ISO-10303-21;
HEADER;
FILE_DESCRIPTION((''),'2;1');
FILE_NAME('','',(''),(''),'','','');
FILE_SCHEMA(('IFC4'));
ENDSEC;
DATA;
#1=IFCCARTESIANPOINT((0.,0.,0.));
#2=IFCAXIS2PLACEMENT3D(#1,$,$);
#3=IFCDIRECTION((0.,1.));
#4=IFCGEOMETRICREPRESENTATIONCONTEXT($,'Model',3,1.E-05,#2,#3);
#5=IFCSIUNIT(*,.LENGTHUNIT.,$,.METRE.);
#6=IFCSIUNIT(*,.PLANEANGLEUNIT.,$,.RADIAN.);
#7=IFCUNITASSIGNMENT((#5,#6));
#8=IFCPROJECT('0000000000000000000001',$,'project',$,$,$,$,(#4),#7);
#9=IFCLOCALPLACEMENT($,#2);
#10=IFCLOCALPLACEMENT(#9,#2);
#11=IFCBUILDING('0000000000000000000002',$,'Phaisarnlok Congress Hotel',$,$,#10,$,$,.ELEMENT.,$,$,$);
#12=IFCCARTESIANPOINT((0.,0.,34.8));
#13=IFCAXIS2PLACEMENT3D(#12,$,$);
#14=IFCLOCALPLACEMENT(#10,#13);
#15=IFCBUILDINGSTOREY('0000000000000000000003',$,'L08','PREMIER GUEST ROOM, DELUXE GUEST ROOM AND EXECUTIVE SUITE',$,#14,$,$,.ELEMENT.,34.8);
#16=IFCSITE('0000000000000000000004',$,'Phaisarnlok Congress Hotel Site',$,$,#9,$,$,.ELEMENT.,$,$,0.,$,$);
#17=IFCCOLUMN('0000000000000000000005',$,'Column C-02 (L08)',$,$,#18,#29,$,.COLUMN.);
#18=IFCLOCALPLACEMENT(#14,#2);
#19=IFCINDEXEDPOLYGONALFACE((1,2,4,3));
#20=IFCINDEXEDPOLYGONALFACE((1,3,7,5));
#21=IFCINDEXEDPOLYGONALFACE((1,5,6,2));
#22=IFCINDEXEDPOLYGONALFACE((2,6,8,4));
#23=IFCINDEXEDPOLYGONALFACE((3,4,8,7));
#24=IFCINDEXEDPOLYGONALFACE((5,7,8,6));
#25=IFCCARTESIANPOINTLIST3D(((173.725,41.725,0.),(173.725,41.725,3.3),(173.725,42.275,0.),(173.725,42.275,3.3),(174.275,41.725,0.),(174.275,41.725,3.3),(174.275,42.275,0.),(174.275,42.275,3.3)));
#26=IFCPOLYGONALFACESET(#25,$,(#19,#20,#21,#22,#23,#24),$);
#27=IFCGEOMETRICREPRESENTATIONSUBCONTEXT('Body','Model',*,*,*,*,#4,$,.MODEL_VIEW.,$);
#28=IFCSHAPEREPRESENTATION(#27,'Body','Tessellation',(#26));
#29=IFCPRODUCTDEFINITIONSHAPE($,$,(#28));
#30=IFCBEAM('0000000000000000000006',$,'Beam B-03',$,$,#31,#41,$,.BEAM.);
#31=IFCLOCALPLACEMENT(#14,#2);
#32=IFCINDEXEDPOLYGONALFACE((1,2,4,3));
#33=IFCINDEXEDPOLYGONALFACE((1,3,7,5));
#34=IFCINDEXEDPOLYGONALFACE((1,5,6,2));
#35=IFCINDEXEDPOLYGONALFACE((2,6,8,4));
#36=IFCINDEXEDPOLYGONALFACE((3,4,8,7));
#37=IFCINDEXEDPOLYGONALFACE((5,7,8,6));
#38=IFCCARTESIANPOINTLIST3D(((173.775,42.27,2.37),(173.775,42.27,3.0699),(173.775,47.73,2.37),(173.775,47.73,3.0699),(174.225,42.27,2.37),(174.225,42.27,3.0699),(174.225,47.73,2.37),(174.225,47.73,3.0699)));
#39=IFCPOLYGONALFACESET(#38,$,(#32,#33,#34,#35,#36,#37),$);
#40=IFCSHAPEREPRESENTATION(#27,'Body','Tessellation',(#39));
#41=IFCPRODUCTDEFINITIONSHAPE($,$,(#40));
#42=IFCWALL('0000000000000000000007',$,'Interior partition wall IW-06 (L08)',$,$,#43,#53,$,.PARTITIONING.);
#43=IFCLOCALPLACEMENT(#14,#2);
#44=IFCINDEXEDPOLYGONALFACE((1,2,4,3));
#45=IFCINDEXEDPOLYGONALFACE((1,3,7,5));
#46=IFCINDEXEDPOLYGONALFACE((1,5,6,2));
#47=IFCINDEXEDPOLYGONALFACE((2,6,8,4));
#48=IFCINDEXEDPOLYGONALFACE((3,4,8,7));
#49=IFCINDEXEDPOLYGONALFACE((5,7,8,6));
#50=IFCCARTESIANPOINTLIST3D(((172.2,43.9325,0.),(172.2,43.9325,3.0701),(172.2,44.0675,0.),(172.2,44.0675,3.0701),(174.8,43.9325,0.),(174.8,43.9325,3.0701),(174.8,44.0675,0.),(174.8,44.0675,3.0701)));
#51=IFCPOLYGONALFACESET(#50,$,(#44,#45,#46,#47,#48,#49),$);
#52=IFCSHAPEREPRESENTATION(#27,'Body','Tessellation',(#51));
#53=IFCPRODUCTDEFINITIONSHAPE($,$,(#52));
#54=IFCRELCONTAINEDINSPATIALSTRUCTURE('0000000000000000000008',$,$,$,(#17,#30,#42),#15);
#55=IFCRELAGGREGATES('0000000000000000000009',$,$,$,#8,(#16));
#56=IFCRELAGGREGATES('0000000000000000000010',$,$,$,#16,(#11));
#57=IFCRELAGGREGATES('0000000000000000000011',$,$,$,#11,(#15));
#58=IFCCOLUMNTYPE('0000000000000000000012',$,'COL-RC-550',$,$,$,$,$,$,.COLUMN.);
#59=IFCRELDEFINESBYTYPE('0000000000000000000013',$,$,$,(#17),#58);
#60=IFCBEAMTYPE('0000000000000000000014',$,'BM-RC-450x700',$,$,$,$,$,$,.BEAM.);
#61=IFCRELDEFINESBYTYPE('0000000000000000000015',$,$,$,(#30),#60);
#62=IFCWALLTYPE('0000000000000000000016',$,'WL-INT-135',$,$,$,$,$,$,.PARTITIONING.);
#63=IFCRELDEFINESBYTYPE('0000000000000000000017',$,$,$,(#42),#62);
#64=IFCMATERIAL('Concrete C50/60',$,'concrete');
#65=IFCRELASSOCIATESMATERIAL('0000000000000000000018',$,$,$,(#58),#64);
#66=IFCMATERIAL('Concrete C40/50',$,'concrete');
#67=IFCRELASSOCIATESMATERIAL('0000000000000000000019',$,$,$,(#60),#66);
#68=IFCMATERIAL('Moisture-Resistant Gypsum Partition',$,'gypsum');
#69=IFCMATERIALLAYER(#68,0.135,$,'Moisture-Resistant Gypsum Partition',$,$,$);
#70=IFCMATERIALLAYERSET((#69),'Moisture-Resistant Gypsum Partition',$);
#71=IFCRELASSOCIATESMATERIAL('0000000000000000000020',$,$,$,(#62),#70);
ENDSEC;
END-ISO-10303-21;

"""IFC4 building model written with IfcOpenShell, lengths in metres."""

from ifc_helpers import new_model, si_unit, direction, frame, frame_2d, origin, origin_2d, place, context, subcontext, project, spatial, rectangle, extrude, material, layer, layer_set, material_profile, profile_set, type_object, element, save


model = new_model("IFC4")

# Units and contexts
model_context = context("Model", 3, precision=1e-05, world=origin(), true_north=direction((0.0, 1.0)))
body_context = subcontext(model_context, "Body", "Model", "MODEL_VIEW")
ifc_project = project(units=[si_unit("LENGTHUNIT", "METRE"), si_unit("PLANEANGLEUNIT", "RADIAN")], contexts=[model_context])

# Site, building, storey
site_placement = place(None, origin())
site = spatial("IfcSite", under=ifc_project, at=site_placement, Name="Phaisarnlok Congress Hotel Site", CompositionType="ELEMENT", RefElevation=0.0)
building_placement = place(site_placement, origin())
building = spatial("IfcBuilding", under=site, at=building_placement, Name="Phaisarnlok Congress Hotel", CompositionType="ELEMENT")
storey_placement = place(building_placement, frame((0.0, 0.0, 34.8)))
storey = spatial("IfcBuildingStorey", under=building, at=storey_placement, Name="L08", Description="PREMIER GUEST ROOM, DELUXE GUEST ROOM AND EXECUTIVE SUITE", CompositionType="ELEMENT", Elevation=34.8)

# Column
ifc_material_1 = material(Name="Concrete C50/60", Category="concrete")
ifc_material_profile_1 = material_profile(ifc_material_1, rectangle(XDim=0.55, YDim=0.55, at=origin_2d()), Name="RC 550x550")
ifc_profile_set_1 = profile_set([ifc_material_profile_1], Name="Concrete C50/60")
column_type = type_object("IfcColumnType", Name="COL-RC-550", PredefinedType="COLUMN", material=ifc_profile_set_1)
column_placement = place(storey_placement, frame((174.0, 42.0, 0.0), z_axis=(0.0, 0.0, 1.0), x_axis=(1.0, 0.0, 0.0)))
element("IfcColumn", 1, at=column_placement, inside=storey, type_object=column_type, Name="Column C-02 (L08)", PredefinedType="COLUMN", context=body_context, shape_type="SweptSolid", body=[
    extrude(rectangle(XDim=0.55, YDim=0.55, at=origin_2d()), origin(), (0.0, 0.0, 1.0), 3.3),
])

# Beam
ifc_material_2 = material(Name="Concrete C40/50", Category="concrete")
ifc_material_profile_2 = material_profile(ifc_material_2, rectangle(XDim=0.45, YDim=0.7, at=origin_2d()), Name="RC 450x700")
ifc_profile_set_2 = profile_set([ifc_material_profile_2], Name="Concrete C40/50")
beam_type = type_object("IfcBeamType", Name="BM-RC-450x700", PredefinedType="BEAM", material=ifc_profile_set_2)
beam_placement = place(storey_placement, frame((174.0, 42.27, 2.72), z_axis=(0.0, 1.0, 0.0), x_axis=(-1.0, 0.0, 0.0)))
element("IfcBeam", 2, at=beam_placement, inside=storey, type_object=beam_type, Name="Beam B-03", PredefinedType="BEAM", context=body_context, shape_type="SweptSolid", body=[
    extrude(rectangle(XDim=0.45, YDim=0.7, at=origin_2d()), origin(), (0.0, 0.0, 1.0), 5.46),
])

# Wall
ifc_material_3 = material(Name="Moisture-Resistant Gypsum Partition", Category="gypsum")
ifc_layer = layer(ifc_material_3, 0.135, Name="Moisture-Resistant Gypsum Partition")
ifc_layer_set = layer_set([ifc_layer], Name="Moisture-Resistant Gypsum Partition")
wall_type = type_object("IfcWallType", Name="WL-INT-135", PredefinedType="PARTITIONING", material=ifc_layer_set)
wall_placement = place(storey_placement, frame((172.2, 44.0, 0.0), z_axis=(0.0, 0.0, 1.0), x_axis=(1.0, 0.0, 0.0)))
element("IfcWall", 3, at=wall_placement, inside=storey, type_object=wall_type, Name="Interior partition wall IW-06 (L08)", PredefinedType="PARTITIONING", context=body_context, shape_type="SweptSolid", body=[
    extrude(rectangle(XDim=2.6001, YDim=0.135, at=frame_2d((1.3, 0.0))), origin(), (0.0, 0.0, 1.0), 3.0701),
])

save(model, "model.ifc")
